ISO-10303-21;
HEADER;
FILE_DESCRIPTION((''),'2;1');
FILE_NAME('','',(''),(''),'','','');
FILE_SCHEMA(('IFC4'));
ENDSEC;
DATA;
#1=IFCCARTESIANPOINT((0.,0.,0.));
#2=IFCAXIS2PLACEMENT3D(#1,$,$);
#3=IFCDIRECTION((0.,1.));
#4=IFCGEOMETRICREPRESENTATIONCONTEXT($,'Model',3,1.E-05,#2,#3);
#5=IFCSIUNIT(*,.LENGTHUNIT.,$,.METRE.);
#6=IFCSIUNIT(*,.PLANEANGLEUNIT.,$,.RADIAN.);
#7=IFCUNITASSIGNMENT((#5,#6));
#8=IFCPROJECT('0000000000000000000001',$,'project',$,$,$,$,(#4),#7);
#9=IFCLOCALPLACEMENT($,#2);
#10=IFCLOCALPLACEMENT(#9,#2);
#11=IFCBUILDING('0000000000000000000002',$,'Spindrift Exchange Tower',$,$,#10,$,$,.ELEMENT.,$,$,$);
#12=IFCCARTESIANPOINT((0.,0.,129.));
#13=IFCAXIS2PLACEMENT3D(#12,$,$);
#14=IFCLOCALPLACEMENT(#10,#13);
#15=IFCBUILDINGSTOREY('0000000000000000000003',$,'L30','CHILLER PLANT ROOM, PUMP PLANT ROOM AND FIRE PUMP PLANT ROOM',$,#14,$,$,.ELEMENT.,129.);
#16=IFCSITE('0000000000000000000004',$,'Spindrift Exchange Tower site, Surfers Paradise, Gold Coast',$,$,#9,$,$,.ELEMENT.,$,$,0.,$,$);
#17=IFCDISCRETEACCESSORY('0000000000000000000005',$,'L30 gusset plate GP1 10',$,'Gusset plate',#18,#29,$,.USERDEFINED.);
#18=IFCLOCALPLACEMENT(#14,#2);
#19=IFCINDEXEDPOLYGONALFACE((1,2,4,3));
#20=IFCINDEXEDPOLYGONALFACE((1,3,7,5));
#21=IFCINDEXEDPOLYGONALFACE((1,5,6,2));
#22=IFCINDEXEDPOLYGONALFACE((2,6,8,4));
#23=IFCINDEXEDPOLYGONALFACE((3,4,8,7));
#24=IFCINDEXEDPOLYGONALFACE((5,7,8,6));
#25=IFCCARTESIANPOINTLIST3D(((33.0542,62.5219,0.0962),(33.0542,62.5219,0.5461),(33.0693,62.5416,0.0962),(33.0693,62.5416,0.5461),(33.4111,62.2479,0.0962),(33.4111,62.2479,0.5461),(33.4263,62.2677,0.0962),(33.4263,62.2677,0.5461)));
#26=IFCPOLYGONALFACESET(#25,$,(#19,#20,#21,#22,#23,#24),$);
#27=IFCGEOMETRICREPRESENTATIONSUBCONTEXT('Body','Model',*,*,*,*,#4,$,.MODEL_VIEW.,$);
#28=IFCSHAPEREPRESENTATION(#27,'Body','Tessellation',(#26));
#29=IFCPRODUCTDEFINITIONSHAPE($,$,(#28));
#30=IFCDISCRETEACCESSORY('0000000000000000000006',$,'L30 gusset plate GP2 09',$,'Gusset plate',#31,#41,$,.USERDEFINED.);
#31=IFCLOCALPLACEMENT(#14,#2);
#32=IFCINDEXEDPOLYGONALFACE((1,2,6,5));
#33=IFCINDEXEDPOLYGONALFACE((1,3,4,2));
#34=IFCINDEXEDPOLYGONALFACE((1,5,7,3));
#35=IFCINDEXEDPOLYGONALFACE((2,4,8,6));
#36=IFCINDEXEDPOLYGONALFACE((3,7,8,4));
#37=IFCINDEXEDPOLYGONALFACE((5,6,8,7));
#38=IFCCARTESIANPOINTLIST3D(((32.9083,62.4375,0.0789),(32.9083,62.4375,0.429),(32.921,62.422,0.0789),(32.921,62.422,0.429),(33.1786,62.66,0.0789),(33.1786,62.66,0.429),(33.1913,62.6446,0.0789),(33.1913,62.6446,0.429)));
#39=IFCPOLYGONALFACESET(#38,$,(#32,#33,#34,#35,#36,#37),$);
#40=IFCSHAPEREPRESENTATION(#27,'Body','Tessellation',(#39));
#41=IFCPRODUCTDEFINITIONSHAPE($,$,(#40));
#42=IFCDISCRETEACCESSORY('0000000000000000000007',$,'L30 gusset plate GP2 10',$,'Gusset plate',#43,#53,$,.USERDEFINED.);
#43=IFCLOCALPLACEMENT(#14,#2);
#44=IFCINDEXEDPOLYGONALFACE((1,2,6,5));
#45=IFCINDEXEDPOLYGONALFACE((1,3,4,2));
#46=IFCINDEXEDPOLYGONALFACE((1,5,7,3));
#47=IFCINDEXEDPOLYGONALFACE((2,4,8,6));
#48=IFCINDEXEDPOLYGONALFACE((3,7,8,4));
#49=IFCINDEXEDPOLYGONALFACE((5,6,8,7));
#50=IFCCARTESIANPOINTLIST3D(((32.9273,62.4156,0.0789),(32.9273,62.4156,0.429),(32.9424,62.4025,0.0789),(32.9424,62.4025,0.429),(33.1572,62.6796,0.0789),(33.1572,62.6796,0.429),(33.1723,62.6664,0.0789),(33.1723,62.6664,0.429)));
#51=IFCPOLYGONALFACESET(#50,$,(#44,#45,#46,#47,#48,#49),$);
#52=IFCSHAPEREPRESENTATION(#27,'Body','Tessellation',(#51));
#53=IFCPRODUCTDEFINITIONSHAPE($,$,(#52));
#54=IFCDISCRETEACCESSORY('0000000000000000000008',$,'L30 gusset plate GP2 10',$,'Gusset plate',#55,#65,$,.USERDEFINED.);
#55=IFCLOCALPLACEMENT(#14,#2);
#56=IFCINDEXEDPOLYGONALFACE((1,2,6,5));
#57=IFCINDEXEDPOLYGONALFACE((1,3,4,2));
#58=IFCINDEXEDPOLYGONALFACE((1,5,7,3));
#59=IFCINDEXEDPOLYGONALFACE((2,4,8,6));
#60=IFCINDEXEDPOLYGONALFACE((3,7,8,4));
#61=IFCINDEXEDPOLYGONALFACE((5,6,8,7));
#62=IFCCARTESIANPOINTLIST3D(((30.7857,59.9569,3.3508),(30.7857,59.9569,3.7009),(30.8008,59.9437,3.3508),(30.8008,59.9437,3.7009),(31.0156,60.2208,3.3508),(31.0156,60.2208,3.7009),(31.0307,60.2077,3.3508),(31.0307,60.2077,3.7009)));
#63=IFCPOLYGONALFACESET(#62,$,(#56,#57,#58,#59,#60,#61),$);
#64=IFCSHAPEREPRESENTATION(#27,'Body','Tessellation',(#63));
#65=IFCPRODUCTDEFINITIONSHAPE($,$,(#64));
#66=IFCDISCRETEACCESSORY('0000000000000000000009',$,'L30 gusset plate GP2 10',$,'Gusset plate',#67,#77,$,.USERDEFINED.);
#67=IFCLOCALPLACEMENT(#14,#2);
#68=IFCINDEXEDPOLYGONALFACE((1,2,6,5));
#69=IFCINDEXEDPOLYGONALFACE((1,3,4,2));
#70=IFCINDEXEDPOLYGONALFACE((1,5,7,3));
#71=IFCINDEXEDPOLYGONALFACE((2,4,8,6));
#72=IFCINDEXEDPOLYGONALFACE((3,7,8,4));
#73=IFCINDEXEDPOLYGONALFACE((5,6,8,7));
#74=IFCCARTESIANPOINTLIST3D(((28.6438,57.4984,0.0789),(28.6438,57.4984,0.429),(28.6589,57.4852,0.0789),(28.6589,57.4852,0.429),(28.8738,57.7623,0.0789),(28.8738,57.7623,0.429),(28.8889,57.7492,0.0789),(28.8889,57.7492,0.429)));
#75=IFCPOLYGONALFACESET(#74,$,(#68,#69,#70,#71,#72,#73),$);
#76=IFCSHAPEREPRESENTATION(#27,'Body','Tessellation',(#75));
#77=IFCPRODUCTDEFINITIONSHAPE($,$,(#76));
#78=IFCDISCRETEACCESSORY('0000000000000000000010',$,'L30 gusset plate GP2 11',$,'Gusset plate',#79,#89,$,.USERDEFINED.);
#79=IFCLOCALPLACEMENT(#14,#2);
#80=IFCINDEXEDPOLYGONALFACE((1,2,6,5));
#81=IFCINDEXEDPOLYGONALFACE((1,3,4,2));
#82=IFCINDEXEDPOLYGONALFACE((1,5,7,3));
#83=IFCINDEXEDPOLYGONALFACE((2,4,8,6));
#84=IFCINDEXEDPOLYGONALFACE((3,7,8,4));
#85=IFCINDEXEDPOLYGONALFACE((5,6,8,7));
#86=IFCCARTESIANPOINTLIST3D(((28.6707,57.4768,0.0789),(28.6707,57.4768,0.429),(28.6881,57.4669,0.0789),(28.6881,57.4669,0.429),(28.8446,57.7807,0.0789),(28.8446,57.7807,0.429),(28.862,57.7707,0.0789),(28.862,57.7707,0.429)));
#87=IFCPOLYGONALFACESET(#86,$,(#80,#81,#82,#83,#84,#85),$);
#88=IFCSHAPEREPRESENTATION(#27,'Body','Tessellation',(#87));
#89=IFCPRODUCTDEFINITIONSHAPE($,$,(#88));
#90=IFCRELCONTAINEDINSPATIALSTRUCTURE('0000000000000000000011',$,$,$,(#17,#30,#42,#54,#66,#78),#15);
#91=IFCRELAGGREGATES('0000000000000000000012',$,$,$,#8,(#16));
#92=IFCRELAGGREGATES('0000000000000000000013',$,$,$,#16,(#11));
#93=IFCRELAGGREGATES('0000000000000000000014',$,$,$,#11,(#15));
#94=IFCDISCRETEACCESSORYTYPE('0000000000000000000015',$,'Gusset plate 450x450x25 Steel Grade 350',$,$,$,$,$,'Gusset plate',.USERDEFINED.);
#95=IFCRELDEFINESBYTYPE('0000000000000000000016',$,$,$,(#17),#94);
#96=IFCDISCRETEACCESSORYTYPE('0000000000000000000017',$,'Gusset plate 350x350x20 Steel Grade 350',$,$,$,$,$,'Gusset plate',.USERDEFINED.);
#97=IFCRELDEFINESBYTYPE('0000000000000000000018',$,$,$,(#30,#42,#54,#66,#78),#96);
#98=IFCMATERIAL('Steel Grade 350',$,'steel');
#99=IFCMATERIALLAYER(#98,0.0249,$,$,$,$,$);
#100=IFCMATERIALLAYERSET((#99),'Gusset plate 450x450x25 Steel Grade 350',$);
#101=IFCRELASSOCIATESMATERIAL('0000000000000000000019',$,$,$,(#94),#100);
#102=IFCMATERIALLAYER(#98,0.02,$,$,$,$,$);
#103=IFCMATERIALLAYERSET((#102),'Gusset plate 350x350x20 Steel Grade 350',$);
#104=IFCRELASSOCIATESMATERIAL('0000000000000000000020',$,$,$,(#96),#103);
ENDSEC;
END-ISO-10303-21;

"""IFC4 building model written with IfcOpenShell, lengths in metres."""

from ifc_helpers import new_model, si_unit, direction, frame, origin, origin_2d, place, context, subcontext, project, spatial, rectangle, extrude, source, transform, mapped, material, layer, layer_set, type_object, element, save


model = new_model("IFC4")

# Units and contexts
model_context = context("Model", 3, precision=1e-05, world=origin(), true_north=direction((0.0, 1.0)))
body_context = subcontext(model_context, "Body", "Model", "MODEL_VIEW")
ifc_project = project(units=[si_unit("LENGTHUNIT", "METRE"), si_unit("PLANEANGLEUNIT", "RADIAN")], contexts=[model_context])

# Site, building, storey
site_placement = place(None, origin())
site = spatial("IfcSite", under=ifc_project, at=site_placement, Name="Spindrift Exchange Tower site, Surfers Paradise, Gold Coast", CompositionType="ELEMENT", RefElevation=0.0)
building_placement = place(site_placement, origin())
building = spatial("IfcBuilding", under=site, at=building_placement, Name="Spindrift Exchange Tower", CompositionType="ELEMENT")
storey_placement = place(building_placement, frame((0.0, 0.0, 129.0)))
storey = spatial("IfcBuildingStorey", under=building, at=storey_placement, Name="L30", Description="CHILLER PLANT ROOM, PUMP PLANT ROOM AND FIRE PUMP PLANT ROOM", CompositionType="ELEMENT", Elevation=129.0)

# Shared definitions
ifc_material_1 = material(Name="Steel Grade 350", Category="steel")

# Discrete accessories
ifc_layer_1 = layer(ifc_material_1, 0.0249)
ifc_layer_set_1 = layer_set([ifc_layer_1], Name="Gusset plate 450x450x25 Steel Grade 350")
discrete_accessory_type_1 = type_object("IfcDiscreteAccessoryType", Name="Gusset plate 450x450x25 Steel Grade 350", ElementType="Gusset plate", PredefinedType="USERDEFINED", material=ifc_layer_set_1)
shared_shape_1 = source(origin(), body_context, "Body", "SweptSolid", [
    extrude(rectangle(XDim=0.45, YDim=0.0249, at=origin_2d()), origin(), (0.0, 0.0, 1.0), 0.45),
])
discrete_accessory_placement = place(storey_placement, frame((33.2402, 62.3948, 0.0962), z_axis=(0.0, 0.0, 1.0), x_axis=(-0.793352, 0.608763, 0.0)))
element("IfcDiscreteAccessory", 1, at=discrete_accessory_placement, inside=storey, type_object=discrete_accessory_type_1, Name="L30 gusset plate GP1 10", ObjectType="Gusset plate", PredefinedType="USERDEFINED", context=body_context, shape_type="MappedRepresentation", body=[
    mapped(shared_shape_1, transform((0.0, 0.0, 0.0), scale=1.0)),
])
ifc_layer_2 = layer(ifc_material_1, 0.02)
ifc_layer_set_2 = layer_set([ifc_layer_2], Name="Gusset plate 350x350x20 Steel Grade 350")
discrete_accessory_type_2 = type_object("IfcDiscreteAccessoryType", Name="Gusset plate 350x350x20 Steel Grade 350", ElementType="Gusset plate", PredefinedType="USERDEFINED", material=ifc_layer_set_2)
shared_shape_2 = source(origin(), body_context, "Body", "SweptSolid", [
    extrude(rectangle(XDim=0.3501, YDim=0.02, at=origin_2d()), origin(), (0.0, 0.0, 1.0), 0.3501),
])
for number, where, z_axis, x_axis, name in (
    (2, (33.0498, 62.541, 0.0789), (0.0, 0.0, 1.0), (-0.77194, -0.635696, 0.0), "L30 gusset plate GP2 09"),
    (3, (33.0498, 62.541, 0.0789), (0.0, 0.0, 1.0), (-0.656857, -0.754015, 0.0), "L30 gusset plate GP2 10"),
    (4, (30.9082, 60.0823, 3.3508), (0.0, 0.0, 1.0), (-0.656857, -0.754015, 0.0), "L30 gusset plate GP2 10"),
    (5, (28.7664, 57.6238, 0.0789), (0.0, 0.0, 1.0), (-0.656857, -0.754015, 0.0), "L30 gusset plate GP2 10"),
    (6, (28.7664, 57.6238, 0.0789), (0.0, 0.0, 1.0), (-0.496677, -0.867935, 0.0), "L30 gusset plate GP2 11"),
):
    element("IfcDiscreteAccessory", number, at=place(storey_placement, frame(where, z_axis=z_axis, x_axis=x_axis)), inside=storey, type_object=discrete_accessory_type_2, Name=name, ObjectType="Gusset plate", PredefinedType="USERDEFINED", context=body_context, shape_type="MappedRepresentation", body=[
        mapped(shared_shape_2, transform((0.0, 0.0, 0.0), scale=1.0)),
    ])

save(model, "model.ifc")
